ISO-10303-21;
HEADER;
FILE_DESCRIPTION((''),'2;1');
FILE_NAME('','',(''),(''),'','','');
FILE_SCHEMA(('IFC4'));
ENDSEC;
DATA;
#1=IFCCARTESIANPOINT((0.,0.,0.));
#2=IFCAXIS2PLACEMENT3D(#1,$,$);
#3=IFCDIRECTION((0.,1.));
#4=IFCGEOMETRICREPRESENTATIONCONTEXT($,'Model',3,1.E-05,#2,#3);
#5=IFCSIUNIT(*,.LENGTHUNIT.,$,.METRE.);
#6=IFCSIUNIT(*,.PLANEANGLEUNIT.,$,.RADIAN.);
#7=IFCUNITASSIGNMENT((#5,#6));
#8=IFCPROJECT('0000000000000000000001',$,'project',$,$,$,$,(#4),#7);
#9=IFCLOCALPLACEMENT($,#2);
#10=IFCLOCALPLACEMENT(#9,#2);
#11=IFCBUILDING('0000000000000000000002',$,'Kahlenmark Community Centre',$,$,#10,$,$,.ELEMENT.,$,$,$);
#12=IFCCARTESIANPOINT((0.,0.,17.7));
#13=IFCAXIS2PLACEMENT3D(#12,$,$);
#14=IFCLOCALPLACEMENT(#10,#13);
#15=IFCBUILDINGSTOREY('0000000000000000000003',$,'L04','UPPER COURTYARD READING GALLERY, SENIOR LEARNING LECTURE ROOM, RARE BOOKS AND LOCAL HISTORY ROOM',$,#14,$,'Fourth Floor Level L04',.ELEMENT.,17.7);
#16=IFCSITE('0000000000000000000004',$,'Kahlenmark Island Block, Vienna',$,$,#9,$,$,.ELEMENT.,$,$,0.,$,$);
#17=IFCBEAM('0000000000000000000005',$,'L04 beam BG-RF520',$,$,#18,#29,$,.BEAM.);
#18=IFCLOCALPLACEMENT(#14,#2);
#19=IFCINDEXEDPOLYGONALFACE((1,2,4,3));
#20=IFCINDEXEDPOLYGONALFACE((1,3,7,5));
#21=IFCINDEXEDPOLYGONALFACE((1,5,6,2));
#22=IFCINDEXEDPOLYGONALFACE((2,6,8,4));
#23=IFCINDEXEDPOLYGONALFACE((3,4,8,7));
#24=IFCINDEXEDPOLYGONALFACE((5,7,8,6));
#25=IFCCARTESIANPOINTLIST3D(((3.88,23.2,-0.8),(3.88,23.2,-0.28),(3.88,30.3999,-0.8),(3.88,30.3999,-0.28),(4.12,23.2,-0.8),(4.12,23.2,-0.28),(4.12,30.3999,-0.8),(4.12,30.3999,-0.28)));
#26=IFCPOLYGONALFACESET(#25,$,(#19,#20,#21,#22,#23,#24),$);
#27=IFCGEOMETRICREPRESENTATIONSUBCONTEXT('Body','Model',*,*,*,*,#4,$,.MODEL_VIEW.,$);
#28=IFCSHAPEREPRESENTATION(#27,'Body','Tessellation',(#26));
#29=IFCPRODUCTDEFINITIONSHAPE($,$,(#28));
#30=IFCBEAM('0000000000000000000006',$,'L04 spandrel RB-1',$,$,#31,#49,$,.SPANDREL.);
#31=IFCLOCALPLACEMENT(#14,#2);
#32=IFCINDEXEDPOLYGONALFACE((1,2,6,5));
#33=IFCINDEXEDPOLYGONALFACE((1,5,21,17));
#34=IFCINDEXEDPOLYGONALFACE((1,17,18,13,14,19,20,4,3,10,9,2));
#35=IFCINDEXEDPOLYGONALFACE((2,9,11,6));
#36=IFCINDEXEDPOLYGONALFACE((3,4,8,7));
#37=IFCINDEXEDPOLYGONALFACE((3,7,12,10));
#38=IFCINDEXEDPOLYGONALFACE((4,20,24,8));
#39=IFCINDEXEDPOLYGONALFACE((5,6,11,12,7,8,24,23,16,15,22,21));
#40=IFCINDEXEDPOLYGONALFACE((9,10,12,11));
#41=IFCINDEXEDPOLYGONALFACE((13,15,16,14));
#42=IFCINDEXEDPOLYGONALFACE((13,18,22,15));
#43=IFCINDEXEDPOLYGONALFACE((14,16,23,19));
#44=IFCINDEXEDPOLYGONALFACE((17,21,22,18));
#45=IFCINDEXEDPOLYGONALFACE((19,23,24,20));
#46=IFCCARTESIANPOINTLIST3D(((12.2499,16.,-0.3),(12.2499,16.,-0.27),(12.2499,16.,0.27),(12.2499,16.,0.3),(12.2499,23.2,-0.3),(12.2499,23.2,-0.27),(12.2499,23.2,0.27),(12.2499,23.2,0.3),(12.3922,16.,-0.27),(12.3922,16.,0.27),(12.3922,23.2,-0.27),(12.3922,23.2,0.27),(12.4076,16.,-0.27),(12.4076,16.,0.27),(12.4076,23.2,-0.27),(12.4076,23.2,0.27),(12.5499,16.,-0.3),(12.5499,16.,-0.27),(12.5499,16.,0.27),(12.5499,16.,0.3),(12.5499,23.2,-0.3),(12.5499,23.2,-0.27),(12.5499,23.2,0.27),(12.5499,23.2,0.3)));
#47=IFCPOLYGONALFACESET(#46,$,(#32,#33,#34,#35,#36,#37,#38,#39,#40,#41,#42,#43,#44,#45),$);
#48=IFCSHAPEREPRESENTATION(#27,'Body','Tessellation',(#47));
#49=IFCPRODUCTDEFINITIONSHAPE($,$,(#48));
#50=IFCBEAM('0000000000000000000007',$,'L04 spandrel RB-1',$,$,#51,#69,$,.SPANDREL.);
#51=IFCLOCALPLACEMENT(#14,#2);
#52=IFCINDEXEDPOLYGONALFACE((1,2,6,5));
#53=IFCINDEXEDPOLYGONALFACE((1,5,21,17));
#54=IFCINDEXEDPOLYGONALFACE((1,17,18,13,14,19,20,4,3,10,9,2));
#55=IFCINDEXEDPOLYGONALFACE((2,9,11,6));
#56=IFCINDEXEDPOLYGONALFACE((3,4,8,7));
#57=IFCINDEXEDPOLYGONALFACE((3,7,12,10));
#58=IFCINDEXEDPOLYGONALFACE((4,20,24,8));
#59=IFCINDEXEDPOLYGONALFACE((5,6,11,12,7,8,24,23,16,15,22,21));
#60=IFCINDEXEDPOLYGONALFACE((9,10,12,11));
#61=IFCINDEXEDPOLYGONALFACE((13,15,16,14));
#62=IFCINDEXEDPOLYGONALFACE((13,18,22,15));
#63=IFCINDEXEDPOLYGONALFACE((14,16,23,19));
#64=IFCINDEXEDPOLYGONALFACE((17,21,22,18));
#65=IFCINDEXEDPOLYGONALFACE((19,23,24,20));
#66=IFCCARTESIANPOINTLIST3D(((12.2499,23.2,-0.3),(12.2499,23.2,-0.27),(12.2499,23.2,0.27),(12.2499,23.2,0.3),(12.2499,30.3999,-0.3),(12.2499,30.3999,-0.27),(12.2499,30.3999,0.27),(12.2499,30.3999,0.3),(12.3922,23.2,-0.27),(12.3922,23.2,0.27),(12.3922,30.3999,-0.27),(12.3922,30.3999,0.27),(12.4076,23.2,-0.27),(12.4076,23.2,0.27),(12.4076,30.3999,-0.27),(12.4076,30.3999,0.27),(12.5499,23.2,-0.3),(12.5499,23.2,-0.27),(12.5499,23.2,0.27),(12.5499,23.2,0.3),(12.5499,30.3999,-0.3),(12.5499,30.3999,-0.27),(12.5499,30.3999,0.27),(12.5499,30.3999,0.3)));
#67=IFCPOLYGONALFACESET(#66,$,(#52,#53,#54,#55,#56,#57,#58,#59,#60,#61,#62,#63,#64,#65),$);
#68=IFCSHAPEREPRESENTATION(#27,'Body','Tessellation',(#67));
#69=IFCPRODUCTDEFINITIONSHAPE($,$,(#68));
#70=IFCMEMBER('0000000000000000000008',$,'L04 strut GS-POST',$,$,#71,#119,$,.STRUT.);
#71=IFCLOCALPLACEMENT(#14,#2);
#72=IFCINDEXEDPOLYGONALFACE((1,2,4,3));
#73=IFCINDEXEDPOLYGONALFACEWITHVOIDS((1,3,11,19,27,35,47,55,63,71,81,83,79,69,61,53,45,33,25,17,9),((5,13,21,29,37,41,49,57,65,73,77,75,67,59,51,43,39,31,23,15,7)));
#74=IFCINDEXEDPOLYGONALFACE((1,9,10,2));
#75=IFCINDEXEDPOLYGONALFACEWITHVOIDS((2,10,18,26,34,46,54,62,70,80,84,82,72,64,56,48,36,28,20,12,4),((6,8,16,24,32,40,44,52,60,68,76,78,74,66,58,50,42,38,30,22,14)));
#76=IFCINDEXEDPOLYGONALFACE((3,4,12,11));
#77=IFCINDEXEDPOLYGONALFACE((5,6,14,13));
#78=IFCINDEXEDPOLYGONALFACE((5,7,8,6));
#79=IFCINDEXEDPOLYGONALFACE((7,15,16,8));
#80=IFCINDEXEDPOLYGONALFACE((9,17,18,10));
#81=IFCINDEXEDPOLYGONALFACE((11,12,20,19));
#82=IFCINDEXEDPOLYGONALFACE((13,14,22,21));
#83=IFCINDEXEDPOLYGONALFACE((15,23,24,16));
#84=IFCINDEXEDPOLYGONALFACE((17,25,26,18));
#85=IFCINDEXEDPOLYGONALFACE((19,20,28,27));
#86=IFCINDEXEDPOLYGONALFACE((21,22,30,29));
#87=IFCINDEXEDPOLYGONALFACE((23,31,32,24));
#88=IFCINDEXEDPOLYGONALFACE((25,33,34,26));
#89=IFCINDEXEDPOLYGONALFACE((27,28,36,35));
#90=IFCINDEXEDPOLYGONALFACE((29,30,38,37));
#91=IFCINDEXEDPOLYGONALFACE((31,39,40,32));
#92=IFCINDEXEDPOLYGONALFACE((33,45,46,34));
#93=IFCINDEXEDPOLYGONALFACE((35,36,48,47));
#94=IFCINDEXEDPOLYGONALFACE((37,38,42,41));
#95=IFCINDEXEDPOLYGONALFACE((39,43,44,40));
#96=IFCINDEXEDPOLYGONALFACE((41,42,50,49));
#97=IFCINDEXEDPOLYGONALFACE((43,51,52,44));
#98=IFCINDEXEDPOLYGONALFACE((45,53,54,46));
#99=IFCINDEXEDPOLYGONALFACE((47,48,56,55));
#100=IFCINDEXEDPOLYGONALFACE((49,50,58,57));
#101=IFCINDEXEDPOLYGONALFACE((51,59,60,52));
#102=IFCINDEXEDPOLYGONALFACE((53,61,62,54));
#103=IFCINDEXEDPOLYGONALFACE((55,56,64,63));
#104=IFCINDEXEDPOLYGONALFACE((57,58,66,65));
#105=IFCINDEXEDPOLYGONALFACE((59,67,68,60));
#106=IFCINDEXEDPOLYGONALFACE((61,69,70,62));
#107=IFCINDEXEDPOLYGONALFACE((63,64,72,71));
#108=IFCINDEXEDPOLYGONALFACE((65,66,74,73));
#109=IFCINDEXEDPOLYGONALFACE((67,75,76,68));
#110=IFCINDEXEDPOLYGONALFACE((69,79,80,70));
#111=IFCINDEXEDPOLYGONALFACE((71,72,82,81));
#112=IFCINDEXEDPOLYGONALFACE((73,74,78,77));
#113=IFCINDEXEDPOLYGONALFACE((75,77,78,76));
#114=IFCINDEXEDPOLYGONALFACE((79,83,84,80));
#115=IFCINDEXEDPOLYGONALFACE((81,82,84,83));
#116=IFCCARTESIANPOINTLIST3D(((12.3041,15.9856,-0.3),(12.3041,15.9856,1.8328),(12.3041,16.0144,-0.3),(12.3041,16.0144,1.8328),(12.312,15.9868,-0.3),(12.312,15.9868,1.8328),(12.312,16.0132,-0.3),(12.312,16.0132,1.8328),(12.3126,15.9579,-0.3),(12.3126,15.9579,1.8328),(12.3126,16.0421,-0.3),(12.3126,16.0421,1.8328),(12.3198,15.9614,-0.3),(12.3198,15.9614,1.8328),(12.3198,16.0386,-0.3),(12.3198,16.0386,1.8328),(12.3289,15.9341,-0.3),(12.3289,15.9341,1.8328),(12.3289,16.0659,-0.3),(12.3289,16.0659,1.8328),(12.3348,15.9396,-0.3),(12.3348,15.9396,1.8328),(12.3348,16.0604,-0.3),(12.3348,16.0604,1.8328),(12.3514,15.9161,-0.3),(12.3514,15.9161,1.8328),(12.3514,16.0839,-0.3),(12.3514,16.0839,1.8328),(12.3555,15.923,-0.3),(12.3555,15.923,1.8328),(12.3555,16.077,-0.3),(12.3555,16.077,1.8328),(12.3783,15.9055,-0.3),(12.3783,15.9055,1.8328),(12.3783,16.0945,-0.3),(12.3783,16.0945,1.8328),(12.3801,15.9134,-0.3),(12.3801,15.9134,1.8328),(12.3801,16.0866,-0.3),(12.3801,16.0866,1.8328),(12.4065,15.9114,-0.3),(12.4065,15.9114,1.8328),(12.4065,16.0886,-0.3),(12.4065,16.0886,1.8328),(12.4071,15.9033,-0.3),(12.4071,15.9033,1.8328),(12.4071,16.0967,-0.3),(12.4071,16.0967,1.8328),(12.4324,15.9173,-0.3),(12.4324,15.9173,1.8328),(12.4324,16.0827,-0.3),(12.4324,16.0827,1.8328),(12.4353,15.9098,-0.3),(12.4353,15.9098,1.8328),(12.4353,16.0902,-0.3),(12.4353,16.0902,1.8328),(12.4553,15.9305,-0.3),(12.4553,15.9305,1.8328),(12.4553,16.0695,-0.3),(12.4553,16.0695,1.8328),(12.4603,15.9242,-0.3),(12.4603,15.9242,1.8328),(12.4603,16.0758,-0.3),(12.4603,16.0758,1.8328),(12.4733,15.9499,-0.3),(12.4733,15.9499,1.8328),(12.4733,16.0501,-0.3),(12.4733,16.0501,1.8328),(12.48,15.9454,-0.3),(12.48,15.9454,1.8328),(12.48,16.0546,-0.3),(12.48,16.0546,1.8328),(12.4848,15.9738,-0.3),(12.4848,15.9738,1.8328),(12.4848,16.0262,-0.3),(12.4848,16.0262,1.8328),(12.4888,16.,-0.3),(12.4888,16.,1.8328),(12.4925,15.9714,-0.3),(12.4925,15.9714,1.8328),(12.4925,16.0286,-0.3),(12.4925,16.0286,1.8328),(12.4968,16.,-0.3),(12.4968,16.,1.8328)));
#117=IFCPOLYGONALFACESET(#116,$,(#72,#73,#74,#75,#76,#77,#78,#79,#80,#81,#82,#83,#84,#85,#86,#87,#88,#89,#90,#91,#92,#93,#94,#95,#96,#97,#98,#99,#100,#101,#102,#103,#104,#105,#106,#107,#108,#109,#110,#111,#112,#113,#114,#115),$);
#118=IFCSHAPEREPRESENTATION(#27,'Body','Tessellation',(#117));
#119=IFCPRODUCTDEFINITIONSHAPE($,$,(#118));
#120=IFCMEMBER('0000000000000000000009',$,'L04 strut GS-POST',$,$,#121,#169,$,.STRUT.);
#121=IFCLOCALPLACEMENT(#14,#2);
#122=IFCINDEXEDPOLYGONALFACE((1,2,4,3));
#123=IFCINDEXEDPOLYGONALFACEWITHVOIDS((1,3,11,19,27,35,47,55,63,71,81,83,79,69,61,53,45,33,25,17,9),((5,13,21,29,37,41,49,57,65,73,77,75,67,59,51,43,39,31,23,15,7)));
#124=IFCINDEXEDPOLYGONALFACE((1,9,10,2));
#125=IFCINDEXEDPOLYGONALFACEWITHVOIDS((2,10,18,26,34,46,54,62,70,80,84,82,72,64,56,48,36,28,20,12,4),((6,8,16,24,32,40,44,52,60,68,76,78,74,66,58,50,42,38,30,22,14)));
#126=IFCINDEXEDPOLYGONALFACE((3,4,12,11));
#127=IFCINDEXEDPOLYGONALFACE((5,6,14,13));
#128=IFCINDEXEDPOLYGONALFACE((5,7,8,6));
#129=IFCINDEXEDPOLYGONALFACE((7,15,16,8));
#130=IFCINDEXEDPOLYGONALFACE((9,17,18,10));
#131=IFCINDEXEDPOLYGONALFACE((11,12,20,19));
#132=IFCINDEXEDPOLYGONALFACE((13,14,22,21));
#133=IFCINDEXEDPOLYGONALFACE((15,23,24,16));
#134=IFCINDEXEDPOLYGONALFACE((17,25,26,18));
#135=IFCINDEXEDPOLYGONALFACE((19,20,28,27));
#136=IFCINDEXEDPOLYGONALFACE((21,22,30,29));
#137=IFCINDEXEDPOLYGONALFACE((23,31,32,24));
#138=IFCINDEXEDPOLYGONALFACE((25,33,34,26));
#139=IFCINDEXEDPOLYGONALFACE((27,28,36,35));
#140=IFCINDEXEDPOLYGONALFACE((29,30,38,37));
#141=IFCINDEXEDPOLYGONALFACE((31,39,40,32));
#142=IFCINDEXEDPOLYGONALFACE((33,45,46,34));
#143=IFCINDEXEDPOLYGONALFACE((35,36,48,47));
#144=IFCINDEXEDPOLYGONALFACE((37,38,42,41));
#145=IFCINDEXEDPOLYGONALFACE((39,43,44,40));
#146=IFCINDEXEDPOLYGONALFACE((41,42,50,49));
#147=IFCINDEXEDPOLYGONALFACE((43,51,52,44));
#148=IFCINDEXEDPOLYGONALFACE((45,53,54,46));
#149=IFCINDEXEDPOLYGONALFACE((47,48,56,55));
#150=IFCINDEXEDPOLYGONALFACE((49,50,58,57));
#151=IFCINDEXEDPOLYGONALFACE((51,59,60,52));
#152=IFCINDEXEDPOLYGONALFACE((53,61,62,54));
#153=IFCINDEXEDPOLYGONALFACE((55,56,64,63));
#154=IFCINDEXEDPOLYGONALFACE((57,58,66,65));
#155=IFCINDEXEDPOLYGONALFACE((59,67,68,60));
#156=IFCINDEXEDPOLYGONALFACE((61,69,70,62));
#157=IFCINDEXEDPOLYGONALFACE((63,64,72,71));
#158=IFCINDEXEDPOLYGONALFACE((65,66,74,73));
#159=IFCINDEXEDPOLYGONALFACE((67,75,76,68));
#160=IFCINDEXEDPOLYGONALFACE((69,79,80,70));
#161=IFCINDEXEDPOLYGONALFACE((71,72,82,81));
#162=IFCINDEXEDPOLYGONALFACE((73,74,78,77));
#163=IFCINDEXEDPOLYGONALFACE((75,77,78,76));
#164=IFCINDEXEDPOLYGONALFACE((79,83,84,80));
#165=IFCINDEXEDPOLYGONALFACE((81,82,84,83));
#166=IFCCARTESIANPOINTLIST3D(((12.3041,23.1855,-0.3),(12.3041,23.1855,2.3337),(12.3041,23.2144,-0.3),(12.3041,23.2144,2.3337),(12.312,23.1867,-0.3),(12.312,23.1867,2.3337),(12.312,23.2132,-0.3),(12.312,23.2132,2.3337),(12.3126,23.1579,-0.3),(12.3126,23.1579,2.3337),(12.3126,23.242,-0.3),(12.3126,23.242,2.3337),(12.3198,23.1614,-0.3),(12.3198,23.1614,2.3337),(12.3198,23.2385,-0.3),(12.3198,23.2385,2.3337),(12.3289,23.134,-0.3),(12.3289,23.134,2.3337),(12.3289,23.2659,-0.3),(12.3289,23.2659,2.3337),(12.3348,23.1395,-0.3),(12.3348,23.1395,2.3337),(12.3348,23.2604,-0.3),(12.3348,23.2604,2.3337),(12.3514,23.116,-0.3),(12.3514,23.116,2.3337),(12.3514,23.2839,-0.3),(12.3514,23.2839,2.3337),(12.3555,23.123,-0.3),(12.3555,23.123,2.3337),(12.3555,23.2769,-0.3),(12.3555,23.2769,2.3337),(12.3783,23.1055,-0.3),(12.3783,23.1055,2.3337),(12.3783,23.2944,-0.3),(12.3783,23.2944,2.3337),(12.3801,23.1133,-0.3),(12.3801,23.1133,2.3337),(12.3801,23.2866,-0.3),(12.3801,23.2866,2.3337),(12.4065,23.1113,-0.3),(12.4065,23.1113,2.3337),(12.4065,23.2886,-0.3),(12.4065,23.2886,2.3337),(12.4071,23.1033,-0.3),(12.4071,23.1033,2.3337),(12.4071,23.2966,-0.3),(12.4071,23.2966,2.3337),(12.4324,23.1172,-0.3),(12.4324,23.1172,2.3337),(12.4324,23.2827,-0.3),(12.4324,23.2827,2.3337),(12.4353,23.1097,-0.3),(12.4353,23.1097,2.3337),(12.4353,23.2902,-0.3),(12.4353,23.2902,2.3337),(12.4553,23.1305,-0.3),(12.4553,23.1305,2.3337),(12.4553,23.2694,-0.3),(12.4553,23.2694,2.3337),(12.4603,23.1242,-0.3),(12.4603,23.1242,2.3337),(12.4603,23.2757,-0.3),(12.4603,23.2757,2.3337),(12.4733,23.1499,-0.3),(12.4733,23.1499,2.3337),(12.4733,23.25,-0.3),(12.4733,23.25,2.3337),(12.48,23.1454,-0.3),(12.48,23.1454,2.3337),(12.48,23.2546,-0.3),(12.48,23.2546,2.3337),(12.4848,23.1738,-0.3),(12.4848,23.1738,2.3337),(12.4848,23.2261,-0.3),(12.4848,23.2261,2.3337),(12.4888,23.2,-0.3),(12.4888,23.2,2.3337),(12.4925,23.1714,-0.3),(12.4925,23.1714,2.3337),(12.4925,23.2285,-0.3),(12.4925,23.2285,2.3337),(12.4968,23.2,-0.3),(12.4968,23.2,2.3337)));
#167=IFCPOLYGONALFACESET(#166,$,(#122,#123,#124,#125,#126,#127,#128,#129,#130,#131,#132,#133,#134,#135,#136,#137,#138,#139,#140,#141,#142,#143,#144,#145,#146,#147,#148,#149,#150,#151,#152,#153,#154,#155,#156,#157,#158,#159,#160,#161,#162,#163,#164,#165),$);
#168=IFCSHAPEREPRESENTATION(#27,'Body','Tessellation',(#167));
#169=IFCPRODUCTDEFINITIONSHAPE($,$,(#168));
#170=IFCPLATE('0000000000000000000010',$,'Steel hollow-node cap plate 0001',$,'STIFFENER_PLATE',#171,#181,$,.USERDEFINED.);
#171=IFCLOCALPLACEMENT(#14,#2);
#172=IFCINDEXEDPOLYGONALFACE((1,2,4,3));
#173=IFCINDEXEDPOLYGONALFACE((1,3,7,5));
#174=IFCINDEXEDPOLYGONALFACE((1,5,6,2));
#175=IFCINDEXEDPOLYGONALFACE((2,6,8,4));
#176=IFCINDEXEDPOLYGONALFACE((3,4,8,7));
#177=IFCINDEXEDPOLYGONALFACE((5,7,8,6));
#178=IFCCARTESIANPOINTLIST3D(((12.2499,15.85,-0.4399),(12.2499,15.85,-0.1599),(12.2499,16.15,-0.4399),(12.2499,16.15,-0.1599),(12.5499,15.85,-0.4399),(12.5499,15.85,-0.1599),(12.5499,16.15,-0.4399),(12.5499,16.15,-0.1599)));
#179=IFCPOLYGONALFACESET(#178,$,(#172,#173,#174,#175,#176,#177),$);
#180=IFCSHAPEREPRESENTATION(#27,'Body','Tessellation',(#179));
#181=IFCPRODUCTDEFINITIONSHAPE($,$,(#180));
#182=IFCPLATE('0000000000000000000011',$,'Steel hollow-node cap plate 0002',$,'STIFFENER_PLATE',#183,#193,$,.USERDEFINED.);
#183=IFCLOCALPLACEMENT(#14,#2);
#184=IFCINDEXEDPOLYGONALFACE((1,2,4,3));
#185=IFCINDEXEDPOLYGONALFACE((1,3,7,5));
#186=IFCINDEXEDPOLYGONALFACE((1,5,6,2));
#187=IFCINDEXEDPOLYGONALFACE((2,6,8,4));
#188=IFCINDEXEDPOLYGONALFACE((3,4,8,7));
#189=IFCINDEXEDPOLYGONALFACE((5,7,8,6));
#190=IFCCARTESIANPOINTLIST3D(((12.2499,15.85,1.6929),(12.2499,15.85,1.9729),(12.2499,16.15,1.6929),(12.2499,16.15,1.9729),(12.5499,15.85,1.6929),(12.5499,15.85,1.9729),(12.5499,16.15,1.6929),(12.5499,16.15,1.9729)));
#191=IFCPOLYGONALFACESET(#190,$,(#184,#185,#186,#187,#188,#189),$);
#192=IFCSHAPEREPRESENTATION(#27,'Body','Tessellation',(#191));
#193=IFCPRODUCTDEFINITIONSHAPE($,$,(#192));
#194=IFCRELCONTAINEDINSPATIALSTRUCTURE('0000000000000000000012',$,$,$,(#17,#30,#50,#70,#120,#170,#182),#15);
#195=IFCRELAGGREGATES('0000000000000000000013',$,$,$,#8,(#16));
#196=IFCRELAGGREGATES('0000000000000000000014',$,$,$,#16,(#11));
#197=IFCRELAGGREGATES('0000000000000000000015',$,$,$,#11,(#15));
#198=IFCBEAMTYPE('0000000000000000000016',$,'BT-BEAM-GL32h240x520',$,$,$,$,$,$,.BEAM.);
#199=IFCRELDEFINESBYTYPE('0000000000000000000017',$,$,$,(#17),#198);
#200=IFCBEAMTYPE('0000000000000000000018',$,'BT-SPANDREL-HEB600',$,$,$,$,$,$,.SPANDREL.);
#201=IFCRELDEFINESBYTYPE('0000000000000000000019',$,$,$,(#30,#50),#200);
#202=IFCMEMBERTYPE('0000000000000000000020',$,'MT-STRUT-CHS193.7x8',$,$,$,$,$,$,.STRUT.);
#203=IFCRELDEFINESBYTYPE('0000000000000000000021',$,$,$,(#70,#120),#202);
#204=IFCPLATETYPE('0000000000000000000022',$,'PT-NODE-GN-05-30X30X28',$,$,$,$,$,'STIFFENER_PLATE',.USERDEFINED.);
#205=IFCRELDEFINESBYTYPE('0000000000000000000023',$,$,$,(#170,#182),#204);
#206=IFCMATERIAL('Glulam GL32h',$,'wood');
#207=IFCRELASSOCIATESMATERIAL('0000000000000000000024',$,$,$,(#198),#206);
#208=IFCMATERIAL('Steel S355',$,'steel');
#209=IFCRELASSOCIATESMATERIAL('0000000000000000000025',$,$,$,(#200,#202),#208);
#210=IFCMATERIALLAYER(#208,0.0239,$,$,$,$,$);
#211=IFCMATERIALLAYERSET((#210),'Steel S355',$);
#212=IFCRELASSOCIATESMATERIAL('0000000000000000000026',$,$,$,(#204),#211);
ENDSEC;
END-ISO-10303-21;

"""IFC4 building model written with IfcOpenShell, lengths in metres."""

from ifc_helpers import new_model, si_unit, direction, frame, origin, origin_2d, place, context, subcontext, project, spatial, rectangle, hollow_circle, i_section, extrude, material, layer, layer_set, material_profile, profile_set, type_object, element, save


model = new_model("IFC4")

# Units and contexts
model_context = context("Model", 3, precision=1e-05, world=origin(), true_north=direction((0.0, 1.0)))
body_context = subcontext(model_context, "Body", "Model", "MODEL_VIEW")
ifc_project = project(units=[si_unit("LENGTHUNIT", "METRE"), si_unit("PLANEANGLEUNIT", "RADIAN")], contexts=[model_context])

# Site, building, storey
site_placement = place(None, origin())
site = spatial("IfcSite", under=ifc_project, at=site_placement, Name="Kahlenmark Island Block, Vienna", CompositionType="ELEMENT", RefElevation=0.0)
building_placement = place(site_placement, origin())
building = spatial("IfcBuilding", under=site, at=building_placement, Name="Kahlenmark Community Centre", CompositionType="ELEMENT")
storey_placement = place(building_placement, frame((0.0, 0.0, 17.7)))
storey = spatial("IfcBuildingStorey", under=building, at=storey_placement, Name="L04", Description="UPPER COURTYARD READING GALLERY, SENIOR LEARNING LECTURE ROOM, RARE BOOKS AND LOCAL HISTORY ROOM", LongName="Fourth Floor Level L04", CompositionType="ELEMENT", Elevation=17.7)

# Beams
ifc_material_1 = material(Name="Glulam GL32h", Category="wood")
ifc_material_profile_1 = material_profile(ifc_material_1, rectangle(XDim=0.24, YDim=0.52, at=origin_2d()), Name="GL32h 240x520")
ifc_profile_set_1 = profile_set([ifc_material_profile_1], Name="Glulam GL32h")
beam_type_1 = type_object("IfcBeamType", Name="BT-BEAM-GL32h240x520", PredefinedType="BEAM", material=ifc_profile_set_1)
beam_placement = place(storey_placement, frame((4.0, 23.2, -0.54), z_axis=(0.0, 1.0, 0.0), x_axis=(-1.0, 0.0, 0.0)))
element("IfcBeam", 1, at=beam_placement, inside=storey, type_object=beam_type_1, Name="L04 beam BG-RF520", PredefinedType="BEAM", context=body_context, shape_type="SweptSolid", body=[
    extrude(rectangle(XDim=0.24, YDim=0.52, at=origin_2d()), origin(), (0.0, 0.0, 1.0), 7.2),
])
ifc_material_2 = material(Name="Steel S355", Category="steel")
ifc_material_profile_2 = material_profile(ifc_material_2, i_section(OverallWidth=0.3, OverallDepth=0.6001, WebThickness=0.0154, FlangeThickness=0.03, at=origin_2d()), Name="HEB 600")
ifc_profile_set_2 = profile_set([ifc_material_profile_2], Name="Steel S355")
beam_type_2 = type_object("IfcBeamType", Name="BT-SPANDREL-HEB600", PredefinedType="SPANDREL", material=ifc_profile_set_2)
for number, where, z_axis, x_axis, name in (
    (2, (12.3999, 16.0, 0.0), (0.0, 1.0, 0.0), (-1.0, 0.0, 0.0), "L04 spandrel RB-1"),
    (3, (12.3999, 23.2, 0.0), (0.0, 1.0, 0.0), (-1.0, 0.0, 0.0), "L04 spandrel RB-1"),
):
    element("IfcBeam", number, at=place(storey_placement, frame(where, z_axis=z_axis, x_axis=x_axis)), inside=storey, type_object=beam_type_2, Name=name, PredefinedType="SPANDREL", context=body_context, shape_type="SweptSolid", body=[
        extrude(i_section(OverallWidth=0.3, OverallDepth=0.6001, WebThickness=0.0154, FlangeThickness=0.03, at=origin_2d()), origin(), (0.0, 0.0, 1.0), 7.2),
    ])

# Members
ifc_material_profile_3 = material_profile(ifc_material_2, hollow_circle(Radius=0.0969, WallThickness=0.0081, at=origin_2d()), Name="CHS 193.7x8")
ifc_profile_set_3 = profile_set([ifc_material_profile_3], Name="Steel S355")
member_type = type_object("IfcMemberType", Name="MT-STRUT-CHS193.7x8", PredefinedType="STRUT", material=ifc_profile_set_3)
member_1_placement = place(storey_placement, frame((12.3999, 16.0, -0.3), z_axis=(0.0, 0.0, 1.0), x_axis=(1.0, 0.0, 0.0)))
element("IfcMember", 4, at=member_1_placement, inside=storey, type_object=member_type, Name="L04 strut GS-POST", PredefinedType="STRUT", context=body_context, shape_type="SweptSolid", body=[
    extrude(hollow_circle(Radius=0.0969, WallThickness=0.0081, at=origin_2d()), origin(), (0.0, 0.0, 1.0), 2.1328),
])
member_2_placement = place(storey_placement, frame((12.3999, 23.2, -0.3), z_axis=(0.0, 0.0, 1.0), x_axis=(1.0, 0.0, 0.0)))
element("IfcMember", 5, at=member_2_placement, inside=storey, type_object=member_type, Name="L04 strut GS-POST", PredefinedType="STRUT", context=body_context, shape_type="SweptSolid", body=[
    extrude(hollow_circle(Radius=0.0969, WallThickness=0.0081, at=origin_2d()), origin(), (0.0, 0.0, 1.0), 2.6338),
])

# Plates
ifc_layer_1 = layer(ifc_material_2, 0.0239)
ifc_layer_set_1 = layer_set([ifc_layer_1], Name="Steel S355")
plate_type = type_object("IfcPlateType", Name="PT-NODE-GN-05-30X30X28", ElementType="STIFFENER_PLATE", PredefinedType="USERDEFINED", material=ifc_layer_set_1)
for number, where, z_axis, x_axis, name in (
    (6, (12.3999, 16.0, -0.4399), (0.0, 0.0, 1.0), (1.0, 0.0, 0.0), "Steel hollow-node cap plate 0001"),
    (7, (12.3999, 16.0, 1.6929), (0.0, 0.0, 1.0), (1.0, 0.0, 0.0), "Steel hollow-node cap plate 0002"),
):
    element("IfcPlate", number, at=place(storey_placement, frame(where, z_axis=z_axis, x_axis=x_axis)), inside=storey, type_object=plate_type, Name=name, ObjectType="STIFFENER_PLATE", PredefinedType="USERDEFINED", context=body_context, shape_type="SweptSolid", body=[
        extrude(rectangle(XDim=0.3, YDim=0.3, at=origin_2d()), origin(), (0.0, 0.0, 1.0), 0.28),
    ])

save(model, "model.ifc")
